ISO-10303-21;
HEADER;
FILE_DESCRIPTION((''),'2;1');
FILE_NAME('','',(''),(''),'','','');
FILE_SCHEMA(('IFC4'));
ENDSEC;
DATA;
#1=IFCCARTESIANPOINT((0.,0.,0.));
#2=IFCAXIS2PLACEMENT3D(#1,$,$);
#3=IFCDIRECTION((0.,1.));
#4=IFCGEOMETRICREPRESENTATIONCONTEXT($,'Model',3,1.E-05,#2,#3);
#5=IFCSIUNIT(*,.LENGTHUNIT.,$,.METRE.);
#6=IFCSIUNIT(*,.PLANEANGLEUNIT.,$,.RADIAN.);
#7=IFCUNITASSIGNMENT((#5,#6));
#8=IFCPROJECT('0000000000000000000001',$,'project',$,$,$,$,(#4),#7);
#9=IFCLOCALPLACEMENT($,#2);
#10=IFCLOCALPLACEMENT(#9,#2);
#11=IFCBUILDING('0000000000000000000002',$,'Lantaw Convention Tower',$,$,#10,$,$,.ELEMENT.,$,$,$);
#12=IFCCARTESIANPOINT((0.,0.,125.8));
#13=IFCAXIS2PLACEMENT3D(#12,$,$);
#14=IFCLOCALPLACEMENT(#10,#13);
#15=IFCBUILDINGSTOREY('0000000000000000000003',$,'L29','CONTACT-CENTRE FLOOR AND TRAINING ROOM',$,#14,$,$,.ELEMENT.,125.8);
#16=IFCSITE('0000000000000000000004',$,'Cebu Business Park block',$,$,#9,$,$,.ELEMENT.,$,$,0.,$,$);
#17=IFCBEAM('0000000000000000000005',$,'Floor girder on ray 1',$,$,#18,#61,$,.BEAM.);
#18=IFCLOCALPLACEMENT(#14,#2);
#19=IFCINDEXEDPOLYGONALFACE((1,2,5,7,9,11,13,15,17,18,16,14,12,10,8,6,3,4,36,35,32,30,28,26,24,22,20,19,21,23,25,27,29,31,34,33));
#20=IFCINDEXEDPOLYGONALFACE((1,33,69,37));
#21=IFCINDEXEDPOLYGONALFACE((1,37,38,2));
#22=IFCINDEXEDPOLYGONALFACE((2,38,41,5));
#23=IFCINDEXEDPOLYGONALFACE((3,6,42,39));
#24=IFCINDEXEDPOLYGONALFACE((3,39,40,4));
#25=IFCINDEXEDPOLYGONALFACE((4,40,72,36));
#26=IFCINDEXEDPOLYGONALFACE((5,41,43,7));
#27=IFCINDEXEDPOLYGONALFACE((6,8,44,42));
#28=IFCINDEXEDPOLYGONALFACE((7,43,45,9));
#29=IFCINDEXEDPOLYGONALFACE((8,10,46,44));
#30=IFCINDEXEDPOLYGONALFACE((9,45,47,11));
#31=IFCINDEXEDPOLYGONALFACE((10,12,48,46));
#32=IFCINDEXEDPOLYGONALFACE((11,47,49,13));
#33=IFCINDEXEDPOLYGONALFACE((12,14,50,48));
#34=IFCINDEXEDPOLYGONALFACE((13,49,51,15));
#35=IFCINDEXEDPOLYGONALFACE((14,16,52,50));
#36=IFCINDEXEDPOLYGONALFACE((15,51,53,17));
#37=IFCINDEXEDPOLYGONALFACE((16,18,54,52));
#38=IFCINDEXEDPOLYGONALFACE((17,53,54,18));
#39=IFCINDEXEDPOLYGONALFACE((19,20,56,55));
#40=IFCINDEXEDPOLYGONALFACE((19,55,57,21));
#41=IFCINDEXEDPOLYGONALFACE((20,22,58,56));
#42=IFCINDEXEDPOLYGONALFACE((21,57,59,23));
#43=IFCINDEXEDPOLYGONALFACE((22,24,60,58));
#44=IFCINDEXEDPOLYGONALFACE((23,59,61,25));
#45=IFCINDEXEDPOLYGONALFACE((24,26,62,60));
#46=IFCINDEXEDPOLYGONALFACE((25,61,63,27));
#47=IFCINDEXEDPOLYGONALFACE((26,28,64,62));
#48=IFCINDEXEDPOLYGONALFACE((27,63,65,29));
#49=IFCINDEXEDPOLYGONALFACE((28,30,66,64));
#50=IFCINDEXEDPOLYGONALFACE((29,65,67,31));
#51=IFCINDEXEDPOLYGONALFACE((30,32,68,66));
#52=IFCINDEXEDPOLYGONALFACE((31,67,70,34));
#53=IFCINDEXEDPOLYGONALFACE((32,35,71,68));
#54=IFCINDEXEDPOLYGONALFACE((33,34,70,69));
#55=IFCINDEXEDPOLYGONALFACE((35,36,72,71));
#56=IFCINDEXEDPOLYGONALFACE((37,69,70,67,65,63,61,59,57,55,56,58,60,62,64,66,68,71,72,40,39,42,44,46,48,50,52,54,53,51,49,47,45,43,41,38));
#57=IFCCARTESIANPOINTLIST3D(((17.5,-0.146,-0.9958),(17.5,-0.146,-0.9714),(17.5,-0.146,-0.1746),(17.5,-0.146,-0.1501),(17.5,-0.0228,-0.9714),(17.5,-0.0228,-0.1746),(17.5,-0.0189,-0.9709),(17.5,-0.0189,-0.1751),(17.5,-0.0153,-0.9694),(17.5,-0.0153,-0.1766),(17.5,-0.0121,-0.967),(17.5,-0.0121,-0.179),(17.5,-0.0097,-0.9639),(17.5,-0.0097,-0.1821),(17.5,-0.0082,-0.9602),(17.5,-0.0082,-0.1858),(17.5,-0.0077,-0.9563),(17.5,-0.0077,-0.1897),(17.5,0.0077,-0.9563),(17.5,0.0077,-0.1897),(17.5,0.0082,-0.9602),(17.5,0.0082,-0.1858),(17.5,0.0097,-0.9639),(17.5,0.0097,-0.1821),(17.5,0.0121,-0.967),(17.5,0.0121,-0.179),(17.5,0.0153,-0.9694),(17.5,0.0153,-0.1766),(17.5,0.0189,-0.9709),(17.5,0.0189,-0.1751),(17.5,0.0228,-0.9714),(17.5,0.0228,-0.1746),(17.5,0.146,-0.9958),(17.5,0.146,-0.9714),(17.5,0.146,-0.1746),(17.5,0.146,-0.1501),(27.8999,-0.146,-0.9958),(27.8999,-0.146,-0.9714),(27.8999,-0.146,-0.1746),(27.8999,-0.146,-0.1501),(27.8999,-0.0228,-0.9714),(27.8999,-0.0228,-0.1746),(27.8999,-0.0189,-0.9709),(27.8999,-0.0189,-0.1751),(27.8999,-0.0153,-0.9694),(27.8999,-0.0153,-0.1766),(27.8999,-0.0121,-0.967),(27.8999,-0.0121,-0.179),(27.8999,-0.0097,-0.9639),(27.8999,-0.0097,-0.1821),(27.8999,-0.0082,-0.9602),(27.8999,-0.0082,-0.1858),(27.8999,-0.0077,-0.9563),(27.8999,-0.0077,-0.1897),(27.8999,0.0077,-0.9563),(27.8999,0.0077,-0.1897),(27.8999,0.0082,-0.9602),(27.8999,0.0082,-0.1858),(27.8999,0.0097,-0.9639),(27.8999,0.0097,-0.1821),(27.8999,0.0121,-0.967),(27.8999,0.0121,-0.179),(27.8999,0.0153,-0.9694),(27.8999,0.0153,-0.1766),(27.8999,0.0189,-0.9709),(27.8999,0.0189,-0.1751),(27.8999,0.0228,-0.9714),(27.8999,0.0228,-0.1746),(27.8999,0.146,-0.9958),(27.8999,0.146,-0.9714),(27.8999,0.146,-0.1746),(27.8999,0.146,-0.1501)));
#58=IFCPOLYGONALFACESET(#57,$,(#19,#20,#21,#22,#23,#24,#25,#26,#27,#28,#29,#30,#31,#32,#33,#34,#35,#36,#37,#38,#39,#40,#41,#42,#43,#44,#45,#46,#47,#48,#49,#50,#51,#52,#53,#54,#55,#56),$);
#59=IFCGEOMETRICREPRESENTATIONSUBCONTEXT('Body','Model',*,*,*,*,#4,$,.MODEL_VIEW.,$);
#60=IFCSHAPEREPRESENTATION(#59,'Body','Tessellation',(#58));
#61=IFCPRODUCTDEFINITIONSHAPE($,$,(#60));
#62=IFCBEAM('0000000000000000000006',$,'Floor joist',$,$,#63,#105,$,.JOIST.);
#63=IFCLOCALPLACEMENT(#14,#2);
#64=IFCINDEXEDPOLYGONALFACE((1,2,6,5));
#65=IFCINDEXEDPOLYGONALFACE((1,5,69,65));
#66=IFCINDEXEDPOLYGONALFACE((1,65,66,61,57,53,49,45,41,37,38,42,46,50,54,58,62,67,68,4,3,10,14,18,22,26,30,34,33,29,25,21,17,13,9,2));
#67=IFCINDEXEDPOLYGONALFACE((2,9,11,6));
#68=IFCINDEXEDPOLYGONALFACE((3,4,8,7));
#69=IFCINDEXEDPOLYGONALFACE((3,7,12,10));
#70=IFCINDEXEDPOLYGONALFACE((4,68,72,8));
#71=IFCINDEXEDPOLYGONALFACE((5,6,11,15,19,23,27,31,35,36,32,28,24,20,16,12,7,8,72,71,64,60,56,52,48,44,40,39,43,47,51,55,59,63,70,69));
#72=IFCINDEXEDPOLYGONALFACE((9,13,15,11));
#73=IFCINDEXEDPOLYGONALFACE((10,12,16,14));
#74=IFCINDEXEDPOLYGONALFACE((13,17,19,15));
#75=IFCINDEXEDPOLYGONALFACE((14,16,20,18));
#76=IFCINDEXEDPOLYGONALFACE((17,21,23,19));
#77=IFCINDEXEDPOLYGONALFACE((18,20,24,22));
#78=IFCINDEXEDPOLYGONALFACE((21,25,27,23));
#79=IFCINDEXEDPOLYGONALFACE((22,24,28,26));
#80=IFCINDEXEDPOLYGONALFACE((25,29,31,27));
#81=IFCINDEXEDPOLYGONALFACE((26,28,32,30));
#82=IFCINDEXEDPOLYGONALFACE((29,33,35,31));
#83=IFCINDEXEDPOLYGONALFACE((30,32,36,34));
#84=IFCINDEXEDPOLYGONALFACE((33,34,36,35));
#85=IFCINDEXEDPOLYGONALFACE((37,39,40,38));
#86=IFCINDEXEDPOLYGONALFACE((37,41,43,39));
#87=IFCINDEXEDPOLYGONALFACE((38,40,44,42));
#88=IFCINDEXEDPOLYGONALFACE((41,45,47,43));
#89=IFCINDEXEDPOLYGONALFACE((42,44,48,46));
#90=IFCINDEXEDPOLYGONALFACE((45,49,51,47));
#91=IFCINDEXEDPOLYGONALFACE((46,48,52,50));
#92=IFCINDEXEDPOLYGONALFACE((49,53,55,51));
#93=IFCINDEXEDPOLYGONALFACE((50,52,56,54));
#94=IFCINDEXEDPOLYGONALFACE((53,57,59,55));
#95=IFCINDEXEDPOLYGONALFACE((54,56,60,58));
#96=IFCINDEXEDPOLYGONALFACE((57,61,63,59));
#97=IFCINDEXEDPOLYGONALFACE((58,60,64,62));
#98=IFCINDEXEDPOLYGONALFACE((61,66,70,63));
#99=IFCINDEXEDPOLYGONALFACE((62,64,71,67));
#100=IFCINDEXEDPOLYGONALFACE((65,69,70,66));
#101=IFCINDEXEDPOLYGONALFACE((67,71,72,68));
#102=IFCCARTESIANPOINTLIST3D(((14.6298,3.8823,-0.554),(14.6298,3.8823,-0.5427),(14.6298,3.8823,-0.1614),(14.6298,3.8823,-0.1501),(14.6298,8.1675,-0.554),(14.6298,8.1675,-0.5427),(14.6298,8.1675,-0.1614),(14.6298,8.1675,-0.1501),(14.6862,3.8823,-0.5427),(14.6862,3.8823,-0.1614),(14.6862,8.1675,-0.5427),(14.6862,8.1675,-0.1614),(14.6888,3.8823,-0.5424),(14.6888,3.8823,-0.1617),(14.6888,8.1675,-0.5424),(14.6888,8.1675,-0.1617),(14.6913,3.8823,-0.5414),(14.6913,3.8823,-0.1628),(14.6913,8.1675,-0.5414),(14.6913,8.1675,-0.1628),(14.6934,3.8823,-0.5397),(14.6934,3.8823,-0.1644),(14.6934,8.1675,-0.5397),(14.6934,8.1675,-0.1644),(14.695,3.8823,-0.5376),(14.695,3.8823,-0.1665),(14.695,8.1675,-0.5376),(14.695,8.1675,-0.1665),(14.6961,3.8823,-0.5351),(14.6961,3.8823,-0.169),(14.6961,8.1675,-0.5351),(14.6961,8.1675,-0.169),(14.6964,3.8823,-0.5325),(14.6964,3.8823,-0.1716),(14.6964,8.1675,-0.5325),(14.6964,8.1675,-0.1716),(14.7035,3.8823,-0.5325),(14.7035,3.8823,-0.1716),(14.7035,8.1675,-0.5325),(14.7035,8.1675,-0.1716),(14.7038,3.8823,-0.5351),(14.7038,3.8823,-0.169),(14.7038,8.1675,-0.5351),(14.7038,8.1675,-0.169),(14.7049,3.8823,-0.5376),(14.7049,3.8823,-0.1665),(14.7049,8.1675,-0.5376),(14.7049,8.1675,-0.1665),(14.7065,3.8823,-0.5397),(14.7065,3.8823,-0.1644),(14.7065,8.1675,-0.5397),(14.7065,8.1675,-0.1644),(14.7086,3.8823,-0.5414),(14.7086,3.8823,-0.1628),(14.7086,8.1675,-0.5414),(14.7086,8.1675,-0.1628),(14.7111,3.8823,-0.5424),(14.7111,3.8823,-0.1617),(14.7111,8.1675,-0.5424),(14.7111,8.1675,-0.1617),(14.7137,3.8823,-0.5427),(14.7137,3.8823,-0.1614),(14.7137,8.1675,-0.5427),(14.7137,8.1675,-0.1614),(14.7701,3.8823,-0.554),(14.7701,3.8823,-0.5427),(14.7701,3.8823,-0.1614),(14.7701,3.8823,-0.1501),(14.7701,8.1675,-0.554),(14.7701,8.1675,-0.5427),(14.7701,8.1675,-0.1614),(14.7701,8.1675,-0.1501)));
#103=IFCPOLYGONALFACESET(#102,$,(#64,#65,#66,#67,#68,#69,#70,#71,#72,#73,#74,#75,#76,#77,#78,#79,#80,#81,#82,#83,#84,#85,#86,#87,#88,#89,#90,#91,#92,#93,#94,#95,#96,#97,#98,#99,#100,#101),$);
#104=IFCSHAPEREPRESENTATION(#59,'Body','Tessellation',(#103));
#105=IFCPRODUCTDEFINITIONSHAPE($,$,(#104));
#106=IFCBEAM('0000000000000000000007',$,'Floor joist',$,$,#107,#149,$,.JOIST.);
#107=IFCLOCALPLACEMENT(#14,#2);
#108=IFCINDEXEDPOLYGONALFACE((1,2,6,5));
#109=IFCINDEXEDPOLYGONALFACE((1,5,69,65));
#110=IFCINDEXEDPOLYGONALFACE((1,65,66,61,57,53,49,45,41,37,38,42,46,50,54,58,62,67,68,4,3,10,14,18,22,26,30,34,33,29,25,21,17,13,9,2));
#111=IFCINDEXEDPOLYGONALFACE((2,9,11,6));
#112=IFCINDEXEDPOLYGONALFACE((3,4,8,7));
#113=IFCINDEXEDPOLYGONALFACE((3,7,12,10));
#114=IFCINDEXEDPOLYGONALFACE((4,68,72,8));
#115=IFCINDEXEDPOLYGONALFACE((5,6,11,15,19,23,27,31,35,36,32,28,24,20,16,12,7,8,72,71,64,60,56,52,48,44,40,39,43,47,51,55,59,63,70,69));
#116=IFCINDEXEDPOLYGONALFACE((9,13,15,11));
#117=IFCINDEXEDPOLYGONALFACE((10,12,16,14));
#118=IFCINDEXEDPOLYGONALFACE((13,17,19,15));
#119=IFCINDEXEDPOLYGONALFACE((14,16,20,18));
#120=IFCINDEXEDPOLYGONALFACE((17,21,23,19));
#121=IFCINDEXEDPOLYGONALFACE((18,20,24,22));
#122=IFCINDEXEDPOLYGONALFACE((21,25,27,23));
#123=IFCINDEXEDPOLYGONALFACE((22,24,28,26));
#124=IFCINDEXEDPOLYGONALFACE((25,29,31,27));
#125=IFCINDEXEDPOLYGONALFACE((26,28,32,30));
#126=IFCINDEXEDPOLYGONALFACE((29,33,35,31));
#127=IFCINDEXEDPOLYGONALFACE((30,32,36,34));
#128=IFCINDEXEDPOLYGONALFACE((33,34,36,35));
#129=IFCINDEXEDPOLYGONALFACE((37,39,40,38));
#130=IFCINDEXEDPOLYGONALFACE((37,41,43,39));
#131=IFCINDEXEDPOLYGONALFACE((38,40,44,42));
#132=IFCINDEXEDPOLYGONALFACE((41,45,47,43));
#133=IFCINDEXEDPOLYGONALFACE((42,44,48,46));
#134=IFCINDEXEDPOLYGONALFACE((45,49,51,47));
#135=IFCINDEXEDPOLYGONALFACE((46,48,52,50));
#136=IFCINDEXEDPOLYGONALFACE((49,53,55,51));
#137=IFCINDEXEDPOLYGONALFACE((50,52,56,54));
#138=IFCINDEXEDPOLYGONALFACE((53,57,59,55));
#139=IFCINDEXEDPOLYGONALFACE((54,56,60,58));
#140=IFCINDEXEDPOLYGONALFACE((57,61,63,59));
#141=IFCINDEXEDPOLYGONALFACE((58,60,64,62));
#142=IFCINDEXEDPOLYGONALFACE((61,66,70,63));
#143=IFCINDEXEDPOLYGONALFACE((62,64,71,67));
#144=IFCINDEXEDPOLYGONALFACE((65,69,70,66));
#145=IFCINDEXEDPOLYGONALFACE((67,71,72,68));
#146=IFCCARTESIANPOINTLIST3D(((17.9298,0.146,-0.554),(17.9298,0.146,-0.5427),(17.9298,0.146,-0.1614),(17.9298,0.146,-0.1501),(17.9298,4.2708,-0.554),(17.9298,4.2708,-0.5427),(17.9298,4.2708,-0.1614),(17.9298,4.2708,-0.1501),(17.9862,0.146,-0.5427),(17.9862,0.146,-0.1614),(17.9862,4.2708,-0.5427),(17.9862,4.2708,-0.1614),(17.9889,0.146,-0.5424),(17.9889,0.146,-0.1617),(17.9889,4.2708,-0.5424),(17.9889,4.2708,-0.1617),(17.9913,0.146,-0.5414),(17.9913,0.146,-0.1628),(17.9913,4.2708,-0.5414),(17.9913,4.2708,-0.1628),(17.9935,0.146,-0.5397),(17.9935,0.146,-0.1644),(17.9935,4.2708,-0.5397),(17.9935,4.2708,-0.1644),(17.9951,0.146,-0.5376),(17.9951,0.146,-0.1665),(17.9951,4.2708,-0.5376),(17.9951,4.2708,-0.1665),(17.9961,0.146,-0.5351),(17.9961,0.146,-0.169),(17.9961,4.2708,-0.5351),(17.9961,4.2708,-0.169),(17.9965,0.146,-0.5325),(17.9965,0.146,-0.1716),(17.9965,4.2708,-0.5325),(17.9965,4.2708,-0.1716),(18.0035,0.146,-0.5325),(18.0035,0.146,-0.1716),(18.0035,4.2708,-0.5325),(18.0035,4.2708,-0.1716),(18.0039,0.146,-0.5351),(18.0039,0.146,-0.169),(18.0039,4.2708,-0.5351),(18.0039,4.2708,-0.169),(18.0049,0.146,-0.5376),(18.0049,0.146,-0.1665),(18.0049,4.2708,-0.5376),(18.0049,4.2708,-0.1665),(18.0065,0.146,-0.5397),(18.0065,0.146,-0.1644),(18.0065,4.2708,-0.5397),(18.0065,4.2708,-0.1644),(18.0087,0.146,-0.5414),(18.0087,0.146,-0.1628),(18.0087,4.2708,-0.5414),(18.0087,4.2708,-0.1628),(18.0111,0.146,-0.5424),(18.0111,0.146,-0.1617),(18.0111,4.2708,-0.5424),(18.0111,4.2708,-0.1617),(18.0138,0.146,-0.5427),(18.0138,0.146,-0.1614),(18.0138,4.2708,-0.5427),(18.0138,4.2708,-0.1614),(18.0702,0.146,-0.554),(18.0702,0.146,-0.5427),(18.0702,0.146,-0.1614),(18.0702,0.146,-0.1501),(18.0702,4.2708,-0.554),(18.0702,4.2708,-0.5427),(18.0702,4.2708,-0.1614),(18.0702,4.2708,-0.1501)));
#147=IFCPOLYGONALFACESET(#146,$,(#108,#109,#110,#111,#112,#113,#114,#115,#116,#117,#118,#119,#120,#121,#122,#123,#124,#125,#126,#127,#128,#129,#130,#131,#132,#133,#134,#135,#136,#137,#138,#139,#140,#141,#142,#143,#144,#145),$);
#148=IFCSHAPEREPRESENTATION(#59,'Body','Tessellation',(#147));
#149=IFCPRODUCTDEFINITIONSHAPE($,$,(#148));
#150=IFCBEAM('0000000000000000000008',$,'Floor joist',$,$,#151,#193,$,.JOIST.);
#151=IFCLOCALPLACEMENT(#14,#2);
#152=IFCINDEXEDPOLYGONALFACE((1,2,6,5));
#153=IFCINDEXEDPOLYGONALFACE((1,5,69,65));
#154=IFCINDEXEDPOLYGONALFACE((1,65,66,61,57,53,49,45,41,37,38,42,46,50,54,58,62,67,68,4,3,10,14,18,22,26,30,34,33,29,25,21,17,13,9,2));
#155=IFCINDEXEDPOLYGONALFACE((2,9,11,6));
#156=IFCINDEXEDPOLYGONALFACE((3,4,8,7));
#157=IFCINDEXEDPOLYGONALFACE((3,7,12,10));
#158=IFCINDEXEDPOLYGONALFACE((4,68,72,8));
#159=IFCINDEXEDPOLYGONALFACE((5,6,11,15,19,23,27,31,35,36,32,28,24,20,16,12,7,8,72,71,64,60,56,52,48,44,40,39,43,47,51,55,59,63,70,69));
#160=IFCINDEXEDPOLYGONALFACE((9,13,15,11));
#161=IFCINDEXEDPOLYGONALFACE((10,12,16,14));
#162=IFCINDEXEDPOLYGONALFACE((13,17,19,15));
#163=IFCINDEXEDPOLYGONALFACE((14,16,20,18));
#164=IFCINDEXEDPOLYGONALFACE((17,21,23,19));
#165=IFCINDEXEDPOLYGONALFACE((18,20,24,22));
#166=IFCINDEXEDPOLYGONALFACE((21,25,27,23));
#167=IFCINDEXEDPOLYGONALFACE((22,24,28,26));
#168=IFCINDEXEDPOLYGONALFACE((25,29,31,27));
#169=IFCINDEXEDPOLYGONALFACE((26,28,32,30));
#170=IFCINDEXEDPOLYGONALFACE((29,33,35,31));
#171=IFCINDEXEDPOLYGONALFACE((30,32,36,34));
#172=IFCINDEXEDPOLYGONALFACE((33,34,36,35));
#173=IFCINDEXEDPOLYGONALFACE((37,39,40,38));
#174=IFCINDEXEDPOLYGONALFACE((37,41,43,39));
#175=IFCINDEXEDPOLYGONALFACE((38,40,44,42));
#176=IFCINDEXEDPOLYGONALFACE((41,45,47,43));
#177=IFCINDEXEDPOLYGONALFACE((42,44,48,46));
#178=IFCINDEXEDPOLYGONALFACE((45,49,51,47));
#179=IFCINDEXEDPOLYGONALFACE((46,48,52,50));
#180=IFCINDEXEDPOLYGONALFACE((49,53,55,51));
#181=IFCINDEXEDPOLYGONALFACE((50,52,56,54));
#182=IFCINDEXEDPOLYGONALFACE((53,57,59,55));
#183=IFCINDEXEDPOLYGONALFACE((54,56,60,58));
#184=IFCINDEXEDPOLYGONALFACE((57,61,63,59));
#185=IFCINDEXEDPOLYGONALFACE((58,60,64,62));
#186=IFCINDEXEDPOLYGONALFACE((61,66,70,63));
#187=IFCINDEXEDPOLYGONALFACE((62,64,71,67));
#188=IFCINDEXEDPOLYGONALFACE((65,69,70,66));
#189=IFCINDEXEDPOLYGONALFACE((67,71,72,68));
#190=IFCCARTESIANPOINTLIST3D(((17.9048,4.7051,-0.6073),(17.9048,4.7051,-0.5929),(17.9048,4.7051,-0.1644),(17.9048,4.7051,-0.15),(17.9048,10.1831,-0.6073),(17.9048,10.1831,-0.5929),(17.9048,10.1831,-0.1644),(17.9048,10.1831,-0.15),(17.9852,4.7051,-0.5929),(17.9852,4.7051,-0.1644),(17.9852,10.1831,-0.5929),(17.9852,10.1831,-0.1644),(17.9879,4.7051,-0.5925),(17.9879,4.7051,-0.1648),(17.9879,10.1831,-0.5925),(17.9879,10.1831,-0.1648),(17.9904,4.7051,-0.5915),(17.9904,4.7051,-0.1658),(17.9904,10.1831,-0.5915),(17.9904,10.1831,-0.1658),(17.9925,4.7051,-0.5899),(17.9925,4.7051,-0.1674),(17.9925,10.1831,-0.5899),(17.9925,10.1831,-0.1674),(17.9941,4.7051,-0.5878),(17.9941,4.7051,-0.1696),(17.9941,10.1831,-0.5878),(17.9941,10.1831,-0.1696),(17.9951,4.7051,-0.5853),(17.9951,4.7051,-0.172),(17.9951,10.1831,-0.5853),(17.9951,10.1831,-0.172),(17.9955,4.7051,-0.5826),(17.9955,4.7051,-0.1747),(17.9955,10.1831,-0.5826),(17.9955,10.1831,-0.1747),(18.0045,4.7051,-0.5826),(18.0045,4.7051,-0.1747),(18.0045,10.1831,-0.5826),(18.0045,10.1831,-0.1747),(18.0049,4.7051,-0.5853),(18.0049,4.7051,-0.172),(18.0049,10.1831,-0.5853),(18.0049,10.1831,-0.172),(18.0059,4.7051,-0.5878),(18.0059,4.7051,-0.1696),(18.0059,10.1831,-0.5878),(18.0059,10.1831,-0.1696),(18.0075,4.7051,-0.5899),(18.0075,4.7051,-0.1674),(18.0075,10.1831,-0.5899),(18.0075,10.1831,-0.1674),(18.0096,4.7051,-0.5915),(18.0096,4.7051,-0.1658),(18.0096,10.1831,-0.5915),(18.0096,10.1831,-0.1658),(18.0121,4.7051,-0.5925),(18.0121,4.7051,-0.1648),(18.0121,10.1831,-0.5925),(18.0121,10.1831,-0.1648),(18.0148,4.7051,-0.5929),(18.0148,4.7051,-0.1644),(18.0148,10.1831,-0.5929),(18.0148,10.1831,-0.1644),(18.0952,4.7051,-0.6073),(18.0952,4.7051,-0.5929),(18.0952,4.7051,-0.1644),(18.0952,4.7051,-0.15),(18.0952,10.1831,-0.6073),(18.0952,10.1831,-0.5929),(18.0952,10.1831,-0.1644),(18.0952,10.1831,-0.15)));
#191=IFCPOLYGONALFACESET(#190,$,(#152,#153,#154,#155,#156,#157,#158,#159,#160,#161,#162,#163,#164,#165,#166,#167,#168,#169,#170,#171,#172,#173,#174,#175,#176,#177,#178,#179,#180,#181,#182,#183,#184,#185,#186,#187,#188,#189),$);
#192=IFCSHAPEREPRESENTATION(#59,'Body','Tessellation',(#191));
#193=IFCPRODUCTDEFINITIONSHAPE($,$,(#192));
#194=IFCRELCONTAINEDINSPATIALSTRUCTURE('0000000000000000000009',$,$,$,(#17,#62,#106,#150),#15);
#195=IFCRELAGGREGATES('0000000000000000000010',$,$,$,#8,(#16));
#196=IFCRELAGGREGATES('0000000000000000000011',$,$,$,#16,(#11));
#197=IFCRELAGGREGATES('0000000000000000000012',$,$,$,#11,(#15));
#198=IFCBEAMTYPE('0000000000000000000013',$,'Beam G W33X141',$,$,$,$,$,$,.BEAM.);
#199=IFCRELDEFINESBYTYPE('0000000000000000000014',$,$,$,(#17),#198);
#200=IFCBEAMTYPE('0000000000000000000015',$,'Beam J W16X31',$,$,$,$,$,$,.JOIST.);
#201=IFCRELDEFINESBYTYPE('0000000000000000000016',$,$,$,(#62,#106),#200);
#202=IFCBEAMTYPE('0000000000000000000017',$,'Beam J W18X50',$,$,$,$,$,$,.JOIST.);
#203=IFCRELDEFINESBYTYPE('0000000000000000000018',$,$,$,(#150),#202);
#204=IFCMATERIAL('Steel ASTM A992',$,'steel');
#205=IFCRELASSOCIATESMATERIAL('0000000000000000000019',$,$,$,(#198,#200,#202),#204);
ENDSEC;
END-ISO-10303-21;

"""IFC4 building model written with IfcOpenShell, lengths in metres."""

from ifc_helpers import new_model, si_unit, direction, frame, origin, origin_2d, place, context, subcontext, project, spatial, i_section, extrude, material, material_profile, profile_set, type_object, element, save


model = new_model("IFC4")

# Units and contexts
model_context = context("Model", 3, precision=1e-05, world=origin(), true_north=direction((0.0, 1.0)))
body_context = subcontext(model_context, "Body", "Model", "MODEL_VIEW")
ifc_project = project(units=[si_unit("LENGTHUNIT", "METRE"), si_unit("PLANEANGLEUNIT", "RADIAN")], contexts=[model_context])

# Site, building, storey
site_placement = place(None, origin())
site = spatial("IfcSite", under=ifc_project, at=site_placement, Name="Cebu Business Park block", CompositionType="ELEMENT", RefElevation=0.0)
building_placement = place(site_placement, origin())
building = spatial("IfcBuilding", under=site, at=building_placement, Name="Lantaw Convention Tower", CompositionType="ELEMENT")
storey_placement = place(building_placement, frame((0.0, 0.0, 125.8)))
storey = spatial("IfcBuildingStorey", under=building, at=storey_placement, Name="L29", Description="CONTACT-CENTRE FLOOR AND TRAINING ROOM", CompositionType="ELEMENT", Elevation=125.8)

# Beams
ifc_material_1 = material(Name="Steel ASTM A992", Category="steel")
ifc_material_profile_1 = material_profile(ifc_material_1, i_section(OverallWidth=0.292, OverallDepth=0.8457, WebThickness=0.0154, FlangeThickness=0.0244, FilletRadius=0.0151, at=origin_2d()), Name="W33X141")
ifc_profile_set_1 = profile_set([ifc_material_profile_1], Name="Steel ASTM A992")
beam_type_1 = type_object("IfcBeamType", Name="Beam G W33X141", PredefinedType="BEAM", material=ifc_profile_set_1)
beam_1_placement = place(storey_placement, frame((17.5, 0.0, -0.573), z_axis=(1.0, 0.0, 0.0), x_axis=(0.0, 1.0, 0.0)))
element("IfcBeam", 1, at=beam_1_placement, inside=storey, type_object=beam_type_1, Name="Floor girder on ray 1", PredefinedType="BEAM", context=body_context, shape_type="SweptSolid", body=[
    extrude(i_section(OverallWidth=0.292, OverallDepth=0.8457, WebThickness=0.0154, FlangeThickness=0.0244, FilletRadius=0.0151, at=origin_2d()), origin(), (0.0, 0.0, 1.0), 10.3999),
])
ifc_material_profile_2 = material_profile(ifc_material_1, i_section(OverallWidth=0.1404, OverallDepth=0.4038, WebThickness=0.0071, FlangeThickness=0.0112, FilletRadius=0.0103, at=origin_2d()), Name="W16X31")
ifc_profile_set_2 = profile_set([ifc_material_profile_2], Name="Steel ASTM A992")
beam_type_2 = type_object("IfcBeamType", Name="Beam J W16X31", PredefinedType="JOIST", material=ifc_profile_set_2)
beam_2_placement = place(storey_placement, frame((14.7, 3.8823, -0.3521), z_axis=(0.0, 1.0, 0.0), x_axis=(-1.0, 0.0, 0.0)))
element("IfcBeam", 2, at=beam_2_placement, inside=storey, type_object=beam_type_2, Name="Floor joist", PredefinedType="JOIST", context=body_context, shape_type="SweptSolid", body=[
    extrude(i_section(OverallWidth=0.1404, OverallDepth=0.4038, WebThickness=0.0071, FlangeThickness=0.0112, FilletRadius=0.0103, at=origin_2d()), origin(), (0.0, 0.0, 1.0), 4.2852),
])
beam_3_placement = place(storey_placement, frame((18.0, 0.146, -0.3521), z_axis=(0.0, 1.0, 0.0), x_axis=(-1.0, 0.0, 0.0)))
element("IfcBeam", 3, at=beam_3_placement, inside=storey, type_object=beam_type_2, Name="Floor joist", PredefinedType="JOIST", context=body_context, shape_type="SweptSolid", body=[
    extrude(i_section(OverallWidth=0.1404, OverallDepth=0.4038, WebThickness=0.0071, FlangeThickness=0.0112, FilletRadius=0.0103, at=origin_2d()), origin(), (0.0, 0.0, 1.0), 4.1248),
])
ifc_material_profile_3 = material_profile(ifc_material_1, i_section(OverallWidth=0.1904, OverallDepth=0.4573, WebThickness=0.009, FlangeThickness=0.0144, FilletRadius=0.0103, at=origin_2d()), Name="W18X50")
ifc_profile_set_3 = profile_set([ifc_material_profile_3], Name="Steel ASTM A992")
beam_type_3 = type_object("IfcBeamType", Name="Beam J W18X50", PredefinedType="JOIST", material=ifc_profile_set_3)
beam_4_placement = place(storey_placement, frame((18.0, 4.7051, -0.3787), z_axis=(0.0, 1.0, 0.0), x_axis=(-1.0, 0.0, 0.0)))
element("IfcBeam", 4, at=beam_4_placement, inside=storey, type_object=beam_type_3, Name="Floor joist", PredefinedType="JOIST", context=body_context, shape_type="SweptSolid", body=[
    extrude(i_section(OverallWidth=0.1904, OverallDepth=0.4573, WebThickness=0.009, FlangeThickness=0.0144, FilletRadius=0.0103, at=origin_2d()), origin(), (0.0, 0.0, 1.0), 5.478),
])

save(model, "model.ifc")
